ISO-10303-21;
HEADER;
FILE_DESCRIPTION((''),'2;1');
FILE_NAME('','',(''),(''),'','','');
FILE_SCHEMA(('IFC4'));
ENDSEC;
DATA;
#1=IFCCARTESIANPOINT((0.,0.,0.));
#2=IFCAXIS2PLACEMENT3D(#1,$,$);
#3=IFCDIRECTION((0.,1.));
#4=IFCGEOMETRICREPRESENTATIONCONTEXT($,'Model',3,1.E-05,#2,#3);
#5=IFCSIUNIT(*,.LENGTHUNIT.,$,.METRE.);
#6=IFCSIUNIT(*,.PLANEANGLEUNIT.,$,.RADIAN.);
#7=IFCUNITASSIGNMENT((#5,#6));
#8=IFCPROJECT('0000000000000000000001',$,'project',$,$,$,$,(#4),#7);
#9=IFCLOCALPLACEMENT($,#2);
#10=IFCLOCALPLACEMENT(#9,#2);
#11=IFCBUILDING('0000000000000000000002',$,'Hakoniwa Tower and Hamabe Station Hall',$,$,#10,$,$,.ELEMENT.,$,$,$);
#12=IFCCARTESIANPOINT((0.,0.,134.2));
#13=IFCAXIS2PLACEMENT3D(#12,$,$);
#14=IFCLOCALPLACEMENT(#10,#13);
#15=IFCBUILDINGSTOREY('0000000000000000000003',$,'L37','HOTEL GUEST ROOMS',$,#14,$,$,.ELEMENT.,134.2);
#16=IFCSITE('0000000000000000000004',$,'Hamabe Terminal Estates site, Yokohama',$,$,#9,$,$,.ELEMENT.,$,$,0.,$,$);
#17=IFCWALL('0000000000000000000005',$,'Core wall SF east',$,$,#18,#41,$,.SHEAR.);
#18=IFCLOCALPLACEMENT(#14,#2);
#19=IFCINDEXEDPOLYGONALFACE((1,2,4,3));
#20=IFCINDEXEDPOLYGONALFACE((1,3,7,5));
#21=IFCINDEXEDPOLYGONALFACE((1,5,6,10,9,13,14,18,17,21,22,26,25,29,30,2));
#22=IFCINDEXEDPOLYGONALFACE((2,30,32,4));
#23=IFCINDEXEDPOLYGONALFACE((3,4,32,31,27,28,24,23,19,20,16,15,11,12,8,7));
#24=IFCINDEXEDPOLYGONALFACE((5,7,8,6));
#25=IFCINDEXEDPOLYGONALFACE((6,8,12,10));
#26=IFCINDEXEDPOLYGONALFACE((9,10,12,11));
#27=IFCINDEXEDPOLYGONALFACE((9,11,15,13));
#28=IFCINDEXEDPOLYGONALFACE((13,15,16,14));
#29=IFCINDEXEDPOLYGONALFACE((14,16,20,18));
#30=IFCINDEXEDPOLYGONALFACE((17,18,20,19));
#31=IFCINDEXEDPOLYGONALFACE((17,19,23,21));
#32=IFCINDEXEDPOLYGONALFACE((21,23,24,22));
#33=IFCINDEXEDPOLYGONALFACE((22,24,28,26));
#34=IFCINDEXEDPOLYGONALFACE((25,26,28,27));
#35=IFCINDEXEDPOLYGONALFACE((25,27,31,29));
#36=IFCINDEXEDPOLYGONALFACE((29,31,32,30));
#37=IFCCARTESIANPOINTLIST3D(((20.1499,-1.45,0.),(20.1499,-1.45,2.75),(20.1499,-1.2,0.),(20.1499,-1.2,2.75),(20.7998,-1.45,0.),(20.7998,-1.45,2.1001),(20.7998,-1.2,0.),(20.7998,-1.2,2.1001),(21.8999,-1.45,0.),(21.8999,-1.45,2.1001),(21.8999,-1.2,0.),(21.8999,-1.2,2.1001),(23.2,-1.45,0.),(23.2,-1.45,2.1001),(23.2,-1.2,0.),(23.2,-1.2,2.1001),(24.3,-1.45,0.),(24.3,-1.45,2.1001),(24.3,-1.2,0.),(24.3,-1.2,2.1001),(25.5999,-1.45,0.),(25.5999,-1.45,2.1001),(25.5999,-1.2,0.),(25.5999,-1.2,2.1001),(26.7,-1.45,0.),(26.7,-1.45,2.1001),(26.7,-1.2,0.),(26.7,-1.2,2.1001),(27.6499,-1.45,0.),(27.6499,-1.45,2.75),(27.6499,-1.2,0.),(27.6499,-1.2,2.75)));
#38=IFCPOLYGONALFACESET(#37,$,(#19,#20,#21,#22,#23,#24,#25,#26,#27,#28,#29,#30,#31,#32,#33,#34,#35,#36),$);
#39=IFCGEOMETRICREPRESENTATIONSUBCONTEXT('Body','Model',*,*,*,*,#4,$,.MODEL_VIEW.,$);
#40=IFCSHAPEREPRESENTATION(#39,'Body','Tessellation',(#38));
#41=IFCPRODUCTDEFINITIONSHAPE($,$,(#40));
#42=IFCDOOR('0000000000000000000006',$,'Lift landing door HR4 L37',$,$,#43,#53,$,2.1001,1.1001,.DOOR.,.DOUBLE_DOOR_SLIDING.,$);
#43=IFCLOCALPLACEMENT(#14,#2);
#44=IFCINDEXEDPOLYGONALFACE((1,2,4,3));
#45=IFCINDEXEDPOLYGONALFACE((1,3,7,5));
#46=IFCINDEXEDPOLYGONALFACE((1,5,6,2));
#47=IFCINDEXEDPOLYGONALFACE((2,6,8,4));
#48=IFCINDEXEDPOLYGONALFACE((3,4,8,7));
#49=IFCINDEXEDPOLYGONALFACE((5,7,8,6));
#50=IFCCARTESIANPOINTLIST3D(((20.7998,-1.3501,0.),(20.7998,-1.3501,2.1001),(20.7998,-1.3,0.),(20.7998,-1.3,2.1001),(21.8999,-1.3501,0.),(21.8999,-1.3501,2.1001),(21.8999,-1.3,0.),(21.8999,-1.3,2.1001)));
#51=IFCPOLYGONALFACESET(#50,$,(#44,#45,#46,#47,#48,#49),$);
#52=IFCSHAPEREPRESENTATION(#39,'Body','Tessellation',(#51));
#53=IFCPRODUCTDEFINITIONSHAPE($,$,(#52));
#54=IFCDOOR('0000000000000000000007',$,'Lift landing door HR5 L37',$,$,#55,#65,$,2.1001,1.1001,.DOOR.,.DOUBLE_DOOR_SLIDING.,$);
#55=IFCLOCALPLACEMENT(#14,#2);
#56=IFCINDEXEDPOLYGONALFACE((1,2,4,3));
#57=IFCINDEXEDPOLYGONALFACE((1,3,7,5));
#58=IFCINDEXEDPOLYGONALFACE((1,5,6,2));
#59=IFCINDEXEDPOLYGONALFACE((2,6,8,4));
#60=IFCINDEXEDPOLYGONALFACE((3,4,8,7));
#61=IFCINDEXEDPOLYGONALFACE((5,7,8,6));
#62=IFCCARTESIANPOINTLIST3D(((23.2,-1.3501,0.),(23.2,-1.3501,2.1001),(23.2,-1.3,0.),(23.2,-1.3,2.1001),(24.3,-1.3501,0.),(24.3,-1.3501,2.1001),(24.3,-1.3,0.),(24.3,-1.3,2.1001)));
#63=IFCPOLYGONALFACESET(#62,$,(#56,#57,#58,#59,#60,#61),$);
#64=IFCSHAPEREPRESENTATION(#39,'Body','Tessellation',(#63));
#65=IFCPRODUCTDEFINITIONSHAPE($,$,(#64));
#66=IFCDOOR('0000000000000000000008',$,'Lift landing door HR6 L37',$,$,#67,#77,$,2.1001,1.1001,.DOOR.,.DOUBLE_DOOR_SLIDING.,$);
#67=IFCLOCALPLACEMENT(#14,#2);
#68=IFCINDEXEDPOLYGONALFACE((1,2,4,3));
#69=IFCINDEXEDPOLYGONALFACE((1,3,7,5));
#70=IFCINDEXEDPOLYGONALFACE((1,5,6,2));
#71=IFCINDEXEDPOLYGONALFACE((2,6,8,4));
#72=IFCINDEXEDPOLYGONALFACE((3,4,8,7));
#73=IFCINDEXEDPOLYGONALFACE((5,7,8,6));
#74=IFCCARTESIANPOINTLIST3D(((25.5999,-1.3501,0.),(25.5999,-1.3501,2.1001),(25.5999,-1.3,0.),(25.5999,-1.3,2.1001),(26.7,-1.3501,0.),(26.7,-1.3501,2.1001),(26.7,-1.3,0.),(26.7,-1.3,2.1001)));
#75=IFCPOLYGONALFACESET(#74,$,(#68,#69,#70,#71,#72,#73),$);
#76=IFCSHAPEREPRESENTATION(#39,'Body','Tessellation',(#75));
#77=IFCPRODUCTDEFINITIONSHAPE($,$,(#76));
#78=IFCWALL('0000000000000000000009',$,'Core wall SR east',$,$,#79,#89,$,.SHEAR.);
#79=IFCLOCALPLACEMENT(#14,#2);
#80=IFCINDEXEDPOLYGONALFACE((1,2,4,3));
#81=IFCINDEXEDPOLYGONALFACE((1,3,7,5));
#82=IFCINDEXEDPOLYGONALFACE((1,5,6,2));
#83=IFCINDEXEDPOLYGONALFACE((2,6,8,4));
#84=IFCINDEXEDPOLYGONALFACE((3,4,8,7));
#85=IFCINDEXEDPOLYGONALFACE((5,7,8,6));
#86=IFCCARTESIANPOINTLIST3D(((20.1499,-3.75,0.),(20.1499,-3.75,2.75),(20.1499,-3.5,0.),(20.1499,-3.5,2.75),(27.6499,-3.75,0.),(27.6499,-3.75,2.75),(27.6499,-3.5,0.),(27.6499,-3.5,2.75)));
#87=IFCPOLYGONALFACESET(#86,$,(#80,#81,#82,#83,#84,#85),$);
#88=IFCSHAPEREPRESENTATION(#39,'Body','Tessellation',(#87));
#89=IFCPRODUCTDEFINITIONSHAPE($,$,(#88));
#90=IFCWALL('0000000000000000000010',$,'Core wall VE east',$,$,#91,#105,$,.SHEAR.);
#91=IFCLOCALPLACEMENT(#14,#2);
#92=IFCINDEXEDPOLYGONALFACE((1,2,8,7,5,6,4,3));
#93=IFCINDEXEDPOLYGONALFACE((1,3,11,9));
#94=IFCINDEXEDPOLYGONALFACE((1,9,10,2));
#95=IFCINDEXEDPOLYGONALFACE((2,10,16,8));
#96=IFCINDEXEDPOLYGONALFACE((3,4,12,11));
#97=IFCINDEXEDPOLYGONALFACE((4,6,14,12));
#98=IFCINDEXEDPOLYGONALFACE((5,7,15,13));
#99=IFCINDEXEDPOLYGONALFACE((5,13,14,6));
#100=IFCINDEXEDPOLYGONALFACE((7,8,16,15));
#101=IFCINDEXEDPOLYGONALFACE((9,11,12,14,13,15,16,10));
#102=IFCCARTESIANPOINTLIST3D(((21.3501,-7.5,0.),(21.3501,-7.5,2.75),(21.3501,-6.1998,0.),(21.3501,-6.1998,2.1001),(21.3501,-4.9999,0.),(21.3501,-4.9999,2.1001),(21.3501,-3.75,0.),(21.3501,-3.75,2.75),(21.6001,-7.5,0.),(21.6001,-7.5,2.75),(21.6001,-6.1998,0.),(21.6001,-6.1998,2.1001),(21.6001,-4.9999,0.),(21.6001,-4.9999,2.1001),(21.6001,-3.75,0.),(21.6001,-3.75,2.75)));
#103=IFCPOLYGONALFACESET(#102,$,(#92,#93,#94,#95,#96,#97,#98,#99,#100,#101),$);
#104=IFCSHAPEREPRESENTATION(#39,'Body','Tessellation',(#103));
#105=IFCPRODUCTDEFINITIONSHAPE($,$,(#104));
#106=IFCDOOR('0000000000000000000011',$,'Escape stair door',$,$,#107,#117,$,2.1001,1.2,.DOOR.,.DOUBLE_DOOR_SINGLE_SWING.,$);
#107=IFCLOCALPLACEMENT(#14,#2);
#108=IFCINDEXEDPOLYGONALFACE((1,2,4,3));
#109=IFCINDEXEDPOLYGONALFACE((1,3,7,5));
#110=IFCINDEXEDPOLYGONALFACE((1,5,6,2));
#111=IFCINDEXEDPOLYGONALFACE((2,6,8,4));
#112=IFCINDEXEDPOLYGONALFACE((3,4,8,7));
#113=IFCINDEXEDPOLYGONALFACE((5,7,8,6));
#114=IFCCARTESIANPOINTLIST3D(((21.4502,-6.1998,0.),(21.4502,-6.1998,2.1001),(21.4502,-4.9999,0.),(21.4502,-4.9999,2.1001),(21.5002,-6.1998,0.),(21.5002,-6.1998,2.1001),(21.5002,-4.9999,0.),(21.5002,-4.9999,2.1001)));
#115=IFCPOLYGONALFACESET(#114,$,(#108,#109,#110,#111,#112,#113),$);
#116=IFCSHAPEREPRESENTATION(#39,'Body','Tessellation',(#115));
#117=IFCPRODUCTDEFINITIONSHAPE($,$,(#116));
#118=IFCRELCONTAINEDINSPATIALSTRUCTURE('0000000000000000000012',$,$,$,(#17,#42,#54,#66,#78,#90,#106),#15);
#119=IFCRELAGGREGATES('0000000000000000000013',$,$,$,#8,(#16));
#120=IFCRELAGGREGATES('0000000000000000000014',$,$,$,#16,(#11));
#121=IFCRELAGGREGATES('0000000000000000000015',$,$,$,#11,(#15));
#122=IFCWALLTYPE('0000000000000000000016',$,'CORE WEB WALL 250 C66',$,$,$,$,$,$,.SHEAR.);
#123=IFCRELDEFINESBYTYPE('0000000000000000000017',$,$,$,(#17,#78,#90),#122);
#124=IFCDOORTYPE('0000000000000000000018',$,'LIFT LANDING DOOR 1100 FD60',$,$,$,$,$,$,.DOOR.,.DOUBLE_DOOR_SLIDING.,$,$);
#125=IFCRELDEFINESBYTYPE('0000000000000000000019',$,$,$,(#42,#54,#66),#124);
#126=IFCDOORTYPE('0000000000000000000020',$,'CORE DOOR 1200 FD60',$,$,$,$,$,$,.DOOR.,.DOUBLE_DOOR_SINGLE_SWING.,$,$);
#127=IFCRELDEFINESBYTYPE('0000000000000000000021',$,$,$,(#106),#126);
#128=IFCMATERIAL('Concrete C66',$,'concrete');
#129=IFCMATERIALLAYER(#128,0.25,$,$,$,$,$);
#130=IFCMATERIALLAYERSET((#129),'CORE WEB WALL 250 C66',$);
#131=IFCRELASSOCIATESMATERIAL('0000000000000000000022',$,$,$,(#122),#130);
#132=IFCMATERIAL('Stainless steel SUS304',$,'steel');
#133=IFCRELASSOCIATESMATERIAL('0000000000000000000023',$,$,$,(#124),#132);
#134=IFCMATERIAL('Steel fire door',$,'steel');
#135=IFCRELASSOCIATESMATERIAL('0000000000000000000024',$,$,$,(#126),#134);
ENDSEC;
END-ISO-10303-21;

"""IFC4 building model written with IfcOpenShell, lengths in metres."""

from ifc_helpers import new_model, si_unit, direction, frame, frame_2d, origin, place, context, subcontext, project, spatial, rectangle, extrude, material, layer, layer_set, type_object, element, fill, save


model = new_model("IFC4")

# Units and contexts
model_context = context("Model", 3, precision=1e-05, world=origin(), true_north=direction((0.0, 1.0)))
body_context = subcontext(model_context, "Body", "Model", "MODEL_VIEW")
ifc_project = project(units=[si_unit("LENGTHUNIT", "METRE"), si_unit("PLANEANGLEUNIT", "RADIAN")], contexts=[model_context])

# Site, building, storey
site_placement = place(None, origin())
site = spatial("IfcSite", under=ifc_project, at=site_placement, Name="Hamabe Terminal Estates site, Yokohama", CompositionType="ELEMENT", RefElevation=0.0)
building_placement = place(site_placement, origin())
building = spatial("IfcBuilding", under=site, at=building_placement, Name="Hakoniwa Tower and Hamabe Station Hall", CompositionType="ELEMENT")
storey_placement = place(building_placement, frame((0.0, 0.0, 134.2)))
storey = spatial("IfcBuildingStorey", under=building, at=storey_placement, Name="L37", Description="HOTEL GUEST ROOMS", CompositionType="ELEMENT", Elevation=134.2)

# Shared definitions
ifc_material_1 = material(Name="Concrete C66", Category="concrete")
ifc_layer_1 = layer(ifc_material_1, 0.25)
ifc_layer_set_1 = layer_set([ifc_layer_1], Name="CORE WEB WALL 250 C66")
wall_type_1 = type_object("IfcWallType", Name="CORE WEB WALL 250 C66", PredefinedType="SHEAR", material=ifc_layer_set_1)

# Wall, openings, doors
wall_1_placement = place(storey_placement, frame((20.1499, -1.325, 0.0), z_axis=(0.0, 0.0, 1.0), x_axis=(1.0, 0.0, 0.0)))
wall_1 = element("IfcWall", 1, at=wall_1_placement, inside=storey, type_object=wall_type_1, Name="Core wall SF east", PredefinedType="SHEAR", context=body_context, shape_type="SweptSolid", body=[
    extrude(rectangle(XDim=7.5, YDim=0.25, at=frame_2d((3.75, 0.0))), origin(), (0.0, 0.0, 1.0), 2.75),
])
opening_1_placement = place(wall_1_placement, frame((0.6499, 0.0, 0.0)))
opening_1 = element("IfcOpeningElement", 2, at=opening_1_placement, cuts=wall_1, PredefinedType="OPENING", context=body_context, shape_type="SweptSolid", body=[
    extrude(rectangle(XDim=1.1001, YDim=2.1001, at=frame_2d((0.55, 1.05))), frame((0.0, 0.135, 0.0), z_axis=(0.0, -1.0, 0.0), x_axis=(1.0, 0.0, 0.0)), (0.0, 0.0, 1.0), 0.27),
])
opening_2_placement = place(wall_1_placement, frame((3.05, 0.0, 0.0)))
opening_2 = element("IfcOpeningElement", 3, at=opening_2_placement, cuts=wall_1, PredefinedType="OPENING", context=body_context, shape_type="SweptSolid", body=[
    extrude(rectangle(XDim=1.1001, YDim=2.1001, at=frame_2d((0.55, 1.05))), frame((0.0, 0.135, 0.0), z_axis=(0.0, -1.0, 0.0), x_axis=(1.0, 0.0, 0.0)), (0.0, 0.0, 1.0), 0.27),
])
opening_3_placement = place(wall_1_placement, frame((5.45, 0.0, 0.0)))
opening_3 = element("IfcOpeningElement", 4, at=opening_3_placement, cuts=wall_1, PredefinedType="OPENING", context=body_context, shape_type="SweptSolid", body=[
    extrude(rectangle(XDim=1.1001, YDim=2.1001, at=frame_2d((0.55, 1.05))), frame((0.0, 0.135, 0.0), z_axis=(0.0, -1.0, 0.0), x_axis=(1.0, 0.0, 0.0)), (0.0, 0.0, 1.0), 0.27),
])
ifc_material_2 = material(Name="Stainless steel SUS304", Category="steel")
door_type_1 = type_object("IfcDoorType", Name="LIFT LANDING DOOR 1100 FD60", OperationType="DOUBLE_DOOR_SLIDING", PredefinedType="DOOR", material=ifc_material_2)
door_1_placement = place(opening_1_placement, origin())
door_1 = element("IfcDoor", 5, at=door_1_placement, inside=storey, type_object=door_type_1, Name="Lift landing door HR4 L37", OperationType="DOUBLE_DOOR_SLIDING", OverallHeight=2.1001, OverallWidth=1.1001, PredefinedType="DOOR", context=body_context, shape_type="SweptSolid", body=[
    extrude(rectangle(XDim=1.1001, YDim=2.1001, at=frame_2d((0.55, 1.05))), frame((0.0, 0.0249, 0.0), z_axis=(0.0, -1.0, 0.0), x_axis=(1.0, 0.0, 0.0)), (0.0, 0.0, 1.0), 0.05),
])
fill(opening_1, door_1)
door_2_placement = place(opening_2_placement, origin())
door_2 = element("IfcDoor", 6, at=door_2_placement, inside=storey, type_object=door_type_1, Name="Lift landing door HR5 L37", OperationType="DOUBLE_DOOR_SLIDING", OverallHeight=2.1001, OverallWidth=1.1001, PredefinedType="DOOR", context=body_context, shape_type="SweptSolid", body=[
    extrude(rectangle(XDim=1.1001, YDim=2.1001, at=frame_2d((0.55, 1.05))), frame((0.0, 0.0249, 0.0), z_axis=(0.0, -1.0, 0.0), x_axis=(1.0, 0.0, 0.0)), (0.0, 0.0, 1.0), 0.05),
])
fill(opening_2, door_2)
door_3_placement = place(opening_3_placement, origin())
door_3 = element("IfcDoor", 7, at=door_3_placement, inside=storey, type_object=door_type_1, Name="Lift landing door HR6 L37", OperationType="DOUBLE_DOOR_SLIDING", OverallHeight=2.1001, OverallWidth=1.1001, PredefinedType="DOOR", context=body_context, shape_type="SweptSolid", body=[
    extrude(rectangle(XDim=1.1001, YDim=2.1001, at=frame_2d((0.55, 1.05))), frame((0.0, 0.0249, 0.0), z_axis=(0.0, -1.0, 0.0), x_axis=(1.0, 0.0, 0.0)), (0.0, 0.0, 1.0), 0.05),
])
fill(opening_3, door_3)

# Wall
wall_2_placement = place(storey_placement, frame((20.1499, -3.625, 0.0), z_axis=(0.0, 0.0, 1.0), x_axis=(1.0, 0.0, 0.0)))
element("IfcWall", 8, at=wall_2_placement, inside=storey, type_object=wall_type_1, Name="Core wall SR east", PredefinedType="SHEAR", context=body_context, shape_type="SweptSolid", body=[
    extrude(rectangle(XDim=7.5, YDim=0.25, at=frame_2d((3.75, 0.0))), origin(), (0.0, 0.0, 1.0), 2.75),
])

# Wall, opening, door
wall_3_placement = place(storey_placement, frame((21.4751, -7.5, 0.0), z_axis=(0.0, 0.0, 1.0), x_axis=(0.0, 1.0, 0.0)))
wall_3 = element("IfcWall", 9, at=wall_3_placement, inside=storey, type_object=wall_type_1, Name="Core wall VE east", PredefinedType="SHEAR", context=body_context, shape_type="SweptSolid", body=[
    extrude(rectangle(XDim=3.75, YDim=0.25, at=frame_2d((1.875, 0.0))), origin(), (0.0, 0.0, 1.0), 2.75),
])
opening_4_placement = place(wall_3_placement, frame((1.3, 0.0, 0.0)))
opening_4 = element("IfcOpeningElement", 10, at=opening_4_placement, cuts=wall_3, PredefinedType="OPENING", context=body_context, shape_type="SweptSolid", body=[
    extrude(rectangle(XDim=1.2, YDim=2.1001, at=frame_2d((0.6001, 1.05))), frame((0.0, 0.135, 0.0), z_axis=(0.0, -1.0, 0.0), x_axis=(1.0, 0.0, 0.0)), (0.0, 0.0, 1.0), 0.27),
])
ifc_material_3 = material(Name="Steel fire door", Category="steel")
door_type_2 = type_object("IfcDoorType", Name="CORE DOOR 1200 FD60", OperationType="DOUBLE_DOOR_SINGLE_SWING", PredefinedType="DOOR", material=ifc_material_3)
door_4_placement = place(opening_4_placement, origin())
door_4 = element("IfcDoor", 11, at=door_4_placement, inside=storey, type_object=door_type_2, Name="Escape stair door", OperationType="DOUBLE_DOOR_SINGLE_SWING", OverallHeight=2.1001, OverallWidth=1.2, PredefinedType="DOOR", context=body_context, shape_type="SweptSolid", body=[
    extrude(rectangle(XDim=1.2, YDim=2.1001, at=frame_2d((0.6001, 1.05))), frame((0.0, 0.0249, 0.0), z_axis=(0.0, -1.0, 0.0), x_axis=(1.0, 0.0, 0.0)), (0.0, 0.0, 1.0), 0.05),
])
fill(opening_4, door_4)

save(model, "model.ifc")
